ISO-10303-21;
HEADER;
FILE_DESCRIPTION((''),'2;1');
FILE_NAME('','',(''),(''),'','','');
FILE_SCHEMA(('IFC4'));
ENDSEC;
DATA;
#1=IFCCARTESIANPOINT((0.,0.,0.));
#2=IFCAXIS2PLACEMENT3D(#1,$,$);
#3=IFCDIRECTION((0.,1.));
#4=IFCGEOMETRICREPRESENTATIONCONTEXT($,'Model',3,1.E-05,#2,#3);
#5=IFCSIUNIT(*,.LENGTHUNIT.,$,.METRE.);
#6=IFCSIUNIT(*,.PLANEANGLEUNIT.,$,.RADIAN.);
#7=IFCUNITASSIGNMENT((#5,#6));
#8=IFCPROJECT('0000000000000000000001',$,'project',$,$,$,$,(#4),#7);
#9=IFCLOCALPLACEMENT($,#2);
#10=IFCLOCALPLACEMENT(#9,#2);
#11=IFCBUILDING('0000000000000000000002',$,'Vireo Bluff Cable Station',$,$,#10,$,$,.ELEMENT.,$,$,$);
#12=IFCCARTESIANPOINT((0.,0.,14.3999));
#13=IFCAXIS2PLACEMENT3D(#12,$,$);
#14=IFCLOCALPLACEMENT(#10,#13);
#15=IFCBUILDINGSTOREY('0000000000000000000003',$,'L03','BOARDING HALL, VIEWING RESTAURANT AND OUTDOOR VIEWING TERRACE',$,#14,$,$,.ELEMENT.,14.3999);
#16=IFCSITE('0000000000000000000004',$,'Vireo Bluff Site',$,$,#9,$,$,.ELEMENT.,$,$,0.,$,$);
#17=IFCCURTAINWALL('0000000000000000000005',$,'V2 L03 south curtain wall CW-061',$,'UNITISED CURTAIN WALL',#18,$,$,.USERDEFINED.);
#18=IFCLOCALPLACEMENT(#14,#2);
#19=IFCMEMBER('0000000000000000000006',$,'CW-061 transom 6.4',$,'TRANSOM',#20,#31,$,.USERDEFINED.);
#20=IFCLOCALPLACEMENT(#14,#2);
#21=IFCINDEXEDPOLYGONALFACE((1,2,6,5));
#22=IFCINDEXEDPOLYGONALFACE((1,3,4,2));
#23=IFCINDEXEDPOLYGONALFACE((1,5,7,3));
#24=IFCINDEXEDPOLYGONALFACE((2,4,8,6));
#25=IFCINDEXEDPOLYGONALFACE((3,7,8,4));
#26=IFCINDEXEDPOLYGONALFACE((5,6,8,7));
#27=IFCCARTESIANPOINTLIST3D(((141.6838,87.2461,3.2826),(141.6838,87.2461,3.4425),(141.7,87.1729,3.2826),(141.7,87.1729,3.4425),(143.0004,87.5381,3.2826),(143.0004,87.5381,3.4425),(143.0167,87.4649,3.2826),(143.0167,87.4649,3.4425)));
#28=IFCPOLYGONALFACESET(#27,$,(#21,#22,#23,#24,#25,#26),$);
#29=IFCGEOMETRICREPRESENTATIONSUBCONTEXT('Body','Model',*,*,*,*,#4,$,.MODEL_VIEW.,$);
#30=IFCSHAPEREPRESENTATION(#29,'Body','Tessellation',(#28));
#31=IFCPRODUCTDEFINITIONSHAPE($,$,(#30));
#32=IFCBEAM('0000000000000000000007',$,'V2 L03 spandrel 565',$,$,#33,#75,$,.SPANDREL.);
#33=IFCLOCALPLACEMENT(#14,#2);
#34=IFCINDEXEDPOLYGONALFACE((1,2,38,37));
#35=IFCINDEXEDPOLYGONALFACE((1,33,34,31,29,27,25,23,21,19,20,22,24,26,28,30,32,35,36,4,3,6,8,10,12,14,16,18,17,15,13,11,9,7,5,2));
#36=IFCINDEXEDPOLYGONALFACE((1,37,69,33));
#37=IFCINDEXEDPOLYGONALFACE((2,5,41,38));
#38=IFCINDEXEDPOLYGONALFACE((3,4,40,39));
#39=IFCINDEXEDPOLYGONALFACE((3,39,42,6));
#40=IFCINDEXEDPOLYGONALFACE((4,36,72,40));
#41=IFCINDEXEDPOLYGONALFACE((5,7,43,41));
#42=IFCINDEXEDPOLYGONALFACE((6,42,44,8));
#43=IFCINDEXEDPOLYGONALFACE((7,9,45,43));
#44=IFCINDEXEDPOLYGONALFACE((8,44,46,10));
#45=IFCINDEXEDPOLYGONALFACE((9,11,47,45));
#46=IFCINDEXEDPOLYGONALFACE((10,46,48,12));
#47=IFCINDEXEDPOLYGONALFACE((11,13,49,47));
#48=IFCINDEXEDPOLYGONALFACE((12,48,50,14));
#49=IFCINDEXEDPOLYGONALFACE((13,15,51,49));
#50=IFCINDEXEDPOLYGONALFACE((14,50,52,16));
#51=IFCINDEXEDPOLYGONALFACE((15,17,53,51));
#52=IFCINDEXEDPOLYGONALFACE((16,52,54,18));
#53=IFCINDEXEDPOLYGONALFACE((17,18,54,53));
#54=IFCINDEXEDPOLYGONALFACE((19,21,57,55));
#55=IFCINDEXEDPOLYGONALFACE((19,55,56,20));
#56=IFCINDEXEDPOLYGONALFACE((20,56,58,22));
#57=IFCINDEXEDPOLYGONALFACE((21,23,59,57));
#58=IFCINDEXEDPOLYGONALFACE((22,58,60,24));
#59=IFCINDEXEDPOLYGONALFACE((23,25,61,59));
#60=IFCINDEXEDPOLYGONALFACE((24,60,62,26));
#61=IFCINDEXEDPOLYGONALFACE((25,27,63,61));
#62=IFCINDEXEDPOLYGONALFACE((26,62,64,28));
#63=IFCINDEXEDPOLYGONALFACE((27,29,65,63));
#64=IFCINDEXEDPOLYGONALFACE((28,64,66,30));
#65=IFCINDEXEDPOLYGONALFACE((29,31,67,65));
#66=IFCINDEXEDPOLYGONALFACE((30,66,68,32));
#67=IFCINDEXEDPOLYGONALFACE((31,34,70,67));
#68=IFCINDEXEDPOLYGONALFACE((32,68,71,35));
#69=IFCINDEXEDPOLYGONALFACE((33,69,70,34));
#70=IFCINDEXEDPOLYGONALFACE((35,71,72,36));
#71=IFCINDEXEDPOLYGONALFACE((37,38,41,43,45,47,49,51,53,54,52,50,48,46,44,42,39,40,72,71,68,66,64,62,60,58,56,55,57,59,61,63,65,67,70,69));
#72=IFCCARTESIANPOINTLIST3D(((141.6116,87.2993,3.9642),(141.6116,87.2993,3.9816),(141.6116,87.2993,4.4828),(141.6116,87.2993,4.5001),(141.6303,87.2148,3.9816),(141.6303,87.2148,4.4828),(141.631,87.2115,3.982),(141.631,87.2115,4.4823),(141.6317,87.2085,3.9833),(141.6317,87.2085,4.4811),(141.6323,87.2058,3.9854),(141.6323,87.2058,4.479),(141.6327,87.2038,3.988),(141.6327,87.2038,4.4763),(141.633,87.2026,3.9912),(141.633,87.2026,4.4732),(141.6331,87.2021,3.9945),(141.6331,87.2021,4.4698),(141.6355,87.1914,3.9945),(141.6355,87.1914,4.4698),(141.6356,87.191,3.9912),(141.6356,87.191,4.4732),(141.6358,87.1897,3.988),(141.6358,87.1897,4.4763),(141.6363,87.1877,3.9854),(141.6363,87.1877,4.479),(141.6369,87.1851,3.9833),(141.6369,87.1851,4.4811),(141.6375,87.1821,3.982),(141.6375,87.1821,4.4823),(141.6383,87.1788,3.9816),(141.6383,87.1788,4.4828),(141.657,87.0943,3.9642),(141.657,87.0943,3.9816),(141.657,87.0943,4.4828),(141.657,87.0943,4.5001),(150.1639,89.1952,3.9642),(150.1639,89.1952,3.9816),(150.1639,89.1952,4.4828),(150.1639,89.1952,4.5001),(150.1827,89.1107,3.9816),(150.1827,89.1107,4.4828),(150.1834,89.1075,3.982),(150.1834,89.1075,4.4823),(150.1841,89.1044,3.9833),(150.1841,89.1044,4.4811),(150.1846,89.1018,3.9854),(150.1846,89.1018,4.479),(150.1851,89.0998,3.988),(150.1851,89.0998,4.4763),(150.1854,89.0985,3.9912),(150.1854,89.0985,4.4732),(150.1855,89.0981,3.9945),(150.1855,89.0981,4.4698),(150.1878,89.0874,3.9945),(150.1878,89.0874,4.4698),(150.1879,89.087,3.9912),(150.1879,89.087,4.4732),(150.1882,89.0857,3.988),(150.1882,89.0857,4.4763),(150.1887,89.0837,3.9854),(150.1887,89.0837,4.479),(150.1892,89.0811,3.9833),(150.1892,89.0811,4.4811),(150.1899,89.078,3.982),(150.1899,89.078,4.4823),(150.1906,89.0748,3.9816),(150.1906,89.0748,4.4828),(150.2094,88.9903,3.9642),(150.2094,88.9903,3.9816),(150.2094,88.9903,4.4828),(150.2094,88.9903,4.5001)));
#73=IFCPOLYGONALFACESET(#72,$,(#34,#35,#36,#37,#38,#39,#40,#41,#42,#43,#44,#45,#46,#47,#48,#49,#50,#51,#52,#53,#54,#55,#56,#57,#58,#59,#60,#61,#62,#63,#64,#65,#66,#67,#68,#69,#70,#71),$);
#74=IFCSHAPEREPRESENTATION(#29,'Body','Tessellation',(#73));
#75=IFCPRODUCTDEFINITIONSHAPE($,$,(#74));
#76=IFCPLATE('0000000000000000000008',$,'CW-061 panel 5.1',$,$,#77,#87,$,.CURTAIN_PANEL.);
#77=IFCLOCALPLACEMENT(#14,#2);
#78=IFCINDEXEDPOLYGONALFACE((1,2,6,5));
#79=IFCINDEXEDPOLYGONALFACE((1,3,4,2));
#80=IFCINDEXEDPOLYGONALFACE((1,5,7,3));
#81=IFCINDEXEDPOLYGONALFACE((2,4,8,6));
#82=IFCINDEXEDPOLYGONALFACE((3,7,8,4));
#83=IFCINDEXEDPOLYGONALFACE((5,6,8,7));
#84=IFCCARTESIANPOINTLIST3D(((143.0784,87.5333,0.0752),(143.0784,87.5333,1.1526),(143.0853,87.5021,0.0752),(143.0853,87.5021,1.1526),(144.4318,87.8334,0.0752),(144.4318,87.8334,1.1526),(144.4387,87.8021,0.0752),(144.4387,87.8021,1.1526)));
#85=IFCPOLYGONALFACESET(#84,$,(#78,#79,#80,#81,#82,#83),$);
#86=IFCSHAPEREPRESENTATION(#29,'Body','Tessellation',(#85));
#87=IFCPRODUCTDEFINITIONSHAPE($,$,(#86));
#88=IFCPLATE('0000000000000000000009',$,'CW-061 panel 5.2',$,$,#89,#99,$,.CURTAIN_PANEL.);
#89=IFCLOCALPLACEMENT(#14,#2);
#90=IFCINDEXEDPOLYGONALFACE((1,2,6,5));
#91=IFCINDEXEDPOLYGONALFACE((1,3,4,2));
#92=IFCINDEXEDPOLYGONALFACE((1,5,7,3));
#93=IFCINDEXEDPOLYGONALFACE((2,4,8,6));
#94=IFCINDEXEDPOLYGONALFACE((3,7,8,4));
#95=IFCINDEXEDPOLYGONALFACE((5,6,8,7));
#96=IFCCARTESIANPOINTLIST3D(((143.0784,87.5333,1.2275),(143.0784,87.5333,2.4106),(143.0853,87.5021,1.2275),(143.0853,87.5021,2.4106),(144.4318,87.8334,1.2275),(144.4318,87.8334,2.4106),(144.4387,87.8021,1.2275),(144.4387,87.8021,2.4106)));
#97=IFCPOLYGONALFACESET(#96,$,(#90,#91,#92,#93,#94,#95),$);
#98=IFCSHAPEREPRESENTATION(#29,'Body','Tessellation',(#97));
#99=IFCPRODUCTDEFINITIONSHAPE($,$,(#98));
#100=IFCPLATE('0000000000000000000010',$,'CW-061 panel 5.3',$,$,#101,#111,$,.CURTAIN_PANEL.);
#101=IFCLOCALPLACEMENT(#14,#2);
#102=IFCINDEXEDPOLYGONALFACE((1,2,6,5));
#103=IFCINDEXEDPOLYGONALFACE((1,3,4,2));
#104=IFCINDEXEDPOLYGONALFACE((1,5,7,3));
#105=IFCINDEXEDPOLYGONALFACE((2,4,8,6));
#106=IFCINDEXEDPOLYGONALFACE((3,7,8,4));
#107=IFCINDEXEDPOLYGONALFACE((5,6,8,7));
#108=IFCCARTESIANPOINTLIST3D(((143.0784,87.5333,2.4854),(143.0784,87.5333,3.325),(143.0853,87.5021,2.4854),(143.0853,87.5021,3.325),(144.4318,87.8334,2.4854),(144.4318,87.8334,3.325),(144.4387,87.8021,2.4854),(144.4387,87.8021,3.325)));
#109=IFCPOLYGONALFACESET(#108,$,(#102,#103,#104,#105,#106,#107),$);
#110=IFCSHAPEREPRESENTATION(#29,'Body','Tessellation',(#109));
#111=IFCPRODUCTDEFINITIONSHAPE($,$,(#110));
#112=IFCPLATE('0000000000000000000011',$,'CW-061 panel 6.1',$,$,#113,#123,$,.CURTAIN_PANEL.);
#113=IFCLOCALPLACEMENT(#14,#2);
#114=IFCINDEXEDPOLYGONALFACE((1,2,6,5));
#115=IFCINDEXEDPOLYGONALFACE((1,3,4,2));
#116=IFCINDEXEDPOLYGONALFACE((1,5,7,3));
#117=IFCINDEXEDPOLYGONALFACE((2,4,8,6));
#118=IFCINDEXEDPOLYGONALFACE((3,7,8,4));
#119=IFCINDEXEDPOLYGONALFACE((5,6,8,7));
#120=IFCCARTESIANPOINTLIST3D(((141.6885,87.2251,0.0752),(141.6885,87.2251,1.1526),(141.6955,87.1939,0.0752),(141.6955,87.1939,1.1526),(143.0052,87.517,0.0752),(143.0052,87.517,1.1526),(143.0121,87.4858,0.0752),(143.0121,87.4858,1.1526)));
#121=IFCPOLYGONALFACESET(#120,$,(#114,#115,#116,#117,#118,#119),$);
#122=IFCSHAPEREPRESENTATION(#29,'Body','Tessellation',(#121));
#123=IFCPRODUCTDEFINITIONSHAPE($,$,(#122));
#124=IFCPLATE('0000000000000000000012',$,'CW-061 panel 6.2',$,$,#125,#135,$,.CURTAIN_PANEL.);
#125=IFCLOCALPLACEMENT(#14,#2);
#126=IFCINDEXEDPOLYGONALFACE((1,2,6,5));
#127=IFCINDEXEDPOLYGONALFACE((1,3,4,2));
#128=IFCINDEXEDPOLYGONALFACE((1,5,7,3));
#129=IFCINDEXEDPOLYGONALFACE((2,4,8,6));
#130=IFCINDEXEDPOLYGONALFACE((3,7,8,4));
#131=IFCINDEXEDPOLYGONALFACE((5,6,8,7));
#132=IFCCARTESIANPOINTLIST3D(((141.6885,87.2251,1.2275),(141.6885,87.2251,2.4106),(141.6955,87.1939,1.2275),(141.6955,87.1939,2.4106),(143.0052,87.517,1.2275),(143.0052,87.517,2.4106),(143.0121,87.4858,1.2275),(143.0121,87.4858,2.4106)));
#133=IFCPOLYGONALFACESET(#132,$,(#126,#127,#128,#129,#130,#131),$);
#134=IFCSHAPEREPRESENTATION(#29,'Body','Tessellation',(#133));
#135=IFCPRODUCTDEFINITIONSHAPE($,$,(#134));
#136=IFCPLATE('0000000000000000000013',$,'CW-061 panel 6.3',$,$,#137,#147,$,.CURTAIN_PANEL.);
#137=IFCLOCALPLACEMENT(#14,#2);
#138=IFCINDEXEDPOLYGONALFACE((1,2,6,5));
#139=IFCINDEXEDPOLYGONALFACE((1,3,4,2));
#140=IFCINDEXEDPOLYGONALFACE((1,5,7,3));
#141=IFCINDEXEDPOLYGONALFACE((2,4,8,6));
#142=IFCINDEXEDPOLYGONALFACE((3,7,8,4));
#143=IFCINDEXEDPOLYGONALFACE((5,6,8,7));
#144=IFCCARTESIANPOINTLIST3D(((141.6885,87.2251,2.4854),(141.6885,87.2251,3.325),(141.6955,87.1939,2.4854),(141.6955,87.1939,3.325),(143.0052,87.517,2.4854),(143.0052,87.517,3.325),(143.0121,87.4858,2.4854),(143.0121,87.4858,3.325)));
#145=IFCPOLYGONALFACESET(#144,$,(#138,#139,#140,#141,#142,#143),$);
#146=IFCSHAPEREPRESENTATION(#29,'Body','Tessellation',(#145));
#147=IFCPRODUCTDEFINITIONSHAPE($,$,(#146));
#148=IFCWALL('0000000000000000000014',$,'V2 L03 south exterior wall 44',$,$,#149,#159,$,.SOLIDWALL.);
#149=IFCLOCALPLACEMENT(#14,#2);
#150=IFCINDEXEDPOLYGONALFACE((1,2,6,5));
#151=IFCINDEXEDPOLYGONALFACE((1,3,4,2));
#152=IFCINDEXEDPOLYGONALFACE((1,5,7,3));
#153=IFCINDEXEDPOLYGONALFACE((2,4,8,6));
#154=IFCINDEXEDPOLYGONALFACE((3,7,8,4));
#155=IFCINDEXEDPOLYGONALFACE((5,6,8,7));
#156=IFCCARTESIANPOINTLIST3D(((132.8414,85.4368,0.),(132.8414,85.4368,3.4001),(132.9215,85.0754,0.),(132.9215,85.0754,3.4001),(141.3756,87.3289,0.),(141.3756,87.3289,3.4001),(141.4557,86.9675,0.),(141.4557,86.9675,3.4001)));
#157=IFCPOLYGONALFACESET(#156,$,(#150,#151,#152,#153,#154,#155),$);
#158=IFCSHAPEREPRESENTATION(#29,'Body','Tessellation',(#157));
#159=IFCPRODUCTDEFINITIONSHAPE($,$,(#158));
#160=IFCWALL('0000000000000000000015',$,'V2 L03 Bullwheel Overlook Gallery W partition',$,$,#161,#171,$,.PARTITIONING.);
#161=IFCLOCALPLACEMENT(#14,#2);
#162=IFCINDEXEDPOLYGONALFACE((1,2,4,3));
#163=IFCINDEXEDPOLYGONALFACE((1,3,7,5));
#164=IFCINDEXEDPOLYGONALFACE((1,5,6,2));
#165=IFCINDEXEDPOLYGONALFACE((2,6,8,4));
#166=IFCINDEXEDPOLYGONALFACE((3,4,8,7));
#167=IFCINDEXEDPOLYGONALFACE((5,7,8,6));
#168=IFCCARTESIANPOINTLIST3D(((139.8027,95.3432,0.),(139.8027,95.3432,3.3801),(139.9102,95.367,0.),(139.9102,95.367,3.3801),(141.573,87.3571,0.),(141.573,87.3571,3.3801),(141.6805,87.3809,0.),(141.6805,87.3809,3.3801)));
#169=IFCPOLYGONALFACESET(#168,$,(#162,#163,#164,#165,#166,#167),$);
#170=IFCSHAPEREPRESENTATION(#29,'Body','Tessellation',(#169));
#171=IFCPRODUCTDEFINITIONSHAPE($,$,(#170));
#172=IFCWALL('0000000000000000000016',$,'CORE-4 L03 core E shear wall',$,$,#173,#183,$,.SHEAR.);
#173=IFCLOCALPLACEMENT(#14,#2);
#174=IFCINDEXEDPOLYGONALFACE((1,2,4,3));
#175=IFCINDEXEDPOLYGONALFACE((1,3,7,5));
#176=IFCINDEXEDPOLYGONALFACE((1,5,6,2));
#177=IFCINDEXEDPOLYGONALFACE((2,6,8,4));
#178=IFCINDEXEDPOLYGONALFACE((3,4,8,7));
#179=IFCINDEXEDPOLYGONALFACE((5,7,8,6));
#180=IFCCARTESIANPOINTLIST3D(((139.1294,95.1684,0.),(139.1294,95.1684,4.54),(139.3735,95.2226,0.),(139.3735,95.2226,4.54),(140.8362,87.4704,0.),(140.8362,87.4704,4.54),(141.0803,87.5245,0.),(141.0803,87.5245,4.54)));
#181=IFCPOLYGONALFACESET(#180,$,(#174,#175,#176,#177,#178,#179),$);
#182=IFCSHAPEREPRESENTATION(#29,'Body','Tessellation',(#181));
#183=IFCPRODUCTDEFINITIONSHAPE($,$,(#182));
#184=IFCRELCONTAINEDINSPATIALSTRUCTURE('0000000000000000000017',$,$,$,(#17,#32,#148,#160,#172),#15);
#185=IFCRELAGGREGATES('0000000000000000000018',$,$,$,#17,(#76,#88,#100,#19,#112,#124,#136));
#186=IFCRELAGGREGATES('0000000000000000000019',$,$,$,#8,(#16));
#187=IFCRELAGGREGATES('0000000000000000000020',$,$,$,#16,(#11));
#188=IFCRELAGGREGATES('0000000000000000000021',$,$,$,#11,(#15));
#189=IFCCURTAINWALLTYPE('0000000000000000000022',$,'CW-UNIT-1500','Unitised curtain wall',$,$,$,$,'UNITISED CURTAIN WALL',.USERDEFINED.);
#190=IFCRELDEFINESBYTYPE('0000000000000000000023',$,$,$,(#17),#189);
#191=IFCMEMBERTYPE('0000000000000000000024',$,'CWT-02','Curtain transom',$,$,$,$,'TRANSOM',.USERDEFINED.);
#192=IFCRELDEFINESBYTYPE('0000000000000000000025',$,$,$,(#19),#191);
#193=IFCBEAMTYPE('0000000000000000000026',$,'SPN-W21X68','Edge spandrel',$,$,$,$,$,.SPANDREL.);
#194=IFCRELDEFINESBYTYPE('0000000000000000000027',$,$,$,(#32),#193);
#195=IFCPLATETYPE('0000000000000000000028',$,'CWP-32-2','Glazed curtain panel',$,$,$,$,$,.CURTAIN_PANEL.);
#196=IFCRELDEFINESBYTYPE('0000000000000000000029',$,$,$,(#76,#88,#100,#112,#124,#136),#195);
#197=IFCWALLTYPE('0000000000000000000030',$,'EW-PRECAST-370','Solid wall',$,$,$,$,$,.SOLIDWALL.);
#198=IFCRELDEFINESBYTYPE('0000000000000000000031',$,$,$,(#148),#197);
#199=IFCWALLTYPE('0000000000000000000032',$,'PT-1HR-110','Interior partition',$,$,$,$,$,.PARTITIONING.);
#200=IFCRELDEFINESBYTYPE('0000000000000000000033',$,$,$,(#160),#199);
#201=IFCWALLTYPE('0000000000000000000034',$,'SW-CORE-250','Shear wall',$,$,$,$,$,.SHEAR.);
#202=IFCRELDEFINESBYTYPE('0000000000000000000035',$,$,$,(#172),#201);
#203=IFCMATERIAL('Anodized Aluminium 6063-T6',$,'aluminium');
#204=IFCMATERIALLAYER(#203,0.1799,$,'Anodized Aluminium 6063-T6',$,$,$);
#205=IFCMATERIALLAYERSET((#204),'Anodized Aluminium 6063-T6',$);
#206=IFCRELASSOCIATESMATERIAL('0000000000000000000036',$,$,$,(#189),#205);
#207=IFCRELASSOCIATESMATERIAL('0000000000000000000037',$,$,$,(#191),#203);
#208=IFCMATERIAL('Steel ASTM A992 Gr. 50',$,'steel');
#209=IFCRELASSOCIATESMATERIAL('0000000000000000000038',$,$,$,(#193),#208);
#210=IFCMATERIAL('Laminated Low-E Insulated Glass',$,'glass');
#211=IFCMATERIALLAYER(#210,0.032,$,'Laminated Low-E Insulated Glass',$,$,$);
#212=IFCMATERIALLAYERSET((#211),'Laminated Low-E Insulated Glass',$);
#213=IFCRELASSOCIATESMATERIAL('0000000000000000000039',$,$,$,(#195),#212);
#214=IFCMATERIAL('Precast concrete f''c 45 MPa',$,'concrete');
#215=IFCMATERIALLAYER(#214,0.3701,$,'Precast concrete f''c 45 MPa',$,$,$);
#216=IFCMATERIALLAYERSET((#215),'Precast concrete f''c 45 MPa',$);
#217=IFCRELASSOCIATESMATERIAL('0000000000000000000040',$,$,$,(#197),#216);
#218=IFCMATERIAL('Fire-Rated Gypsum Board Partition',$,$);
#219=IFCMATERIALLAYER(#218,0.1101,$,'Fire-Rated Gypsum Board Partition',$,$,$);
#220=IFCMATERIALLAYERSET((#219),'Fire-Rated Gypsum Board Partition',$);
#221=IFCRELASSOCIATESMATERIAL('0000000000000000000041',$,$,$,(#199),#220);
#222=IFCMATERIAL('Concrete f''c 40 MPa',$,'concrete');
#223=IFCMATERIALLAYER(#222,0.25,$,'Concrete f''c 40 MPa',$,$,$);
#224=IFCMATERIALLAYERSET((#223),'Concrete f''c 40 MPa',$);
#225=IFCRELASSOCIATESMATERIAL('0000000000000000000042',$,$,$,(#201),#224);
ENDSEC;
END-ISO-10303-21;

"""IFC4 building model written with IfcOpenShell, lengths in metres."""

from ifc_helpers import new_model, si_unit, direction, frame, frame_2d, origin, origin_2d, place, context, subcontext, project, spatial, rectangle, i_section, extrude, material, layer, layer_set, material_profile, profile_set, type_object, element, aggregate, save


model = new_model("IFC4")

# Units and contexts
model_context = context("Model", 3, precision=1e-05, world=origin(), true_north=direction((0.0, 1.0)))
body_context = subcontext(model_context, "Body", "Model", "MODEL_VIEW")
ifc_project = project(units=[si_unit("LENGTHUNIT", "METRE"), si_unit("PLANEANGLEUNIT", "RADIAN")], contexts=[model_context])

# Site, building, storey
site_placement = place(None, origin())
site = spatial("IfcSite", under=ifc_project, at=site_placement, Name="Vireo Bluff Site", CompositionType="ELEMENT", RefElevation=0.0)
building_placement = place(site_placement, origin())
building = spatial("IfcBuilding", under=site, at=building_placement, Name="Vireo Bluff Cable Station", CompositionType="ELEMENT")
storey_placement = place(building_placement, frame((0.0, 0.0, 14.3999)))
storey = spatial("IfcBuildingStorey", under=building, at=storey_placement, Name="L03", Description="BOARDING HALL, VIEWING RESTAURANT AND OUTDOOR VIEWING TERRACE", CompositionType="ELEMENT", Elevation=14.3999)

# Shared definitions
ifc_material_1 = material(Name="Steel ASTM A992 Gr. 50", Category="steel")

# Curtain wall, member
ifc_material_2 = material(Name="Anodized Aluminium 6063-T6", Category="aluminium")
ifc_layer_1 = layer(ifc_material_2, 0.1799, Name="Anodized Aluminium 6063-T6")
ifc_layer_set_1 = layer_set([ifc_layer_1], Name="Anodized Aluminium 6063-T6")
curtain_wall_type = type_object("IfcCurtainWallType", Name="CW-UNIT-1500", Description="Unitised curtain wall", ElementType="UNITISED CURTAIN WALL", PredefinedType="USERDEFINED", material=ifc_layer_set_1)
curtain_wall_placement = place(storey_placement, origin())
curtain_wall = element("IfcCurtainWall", 1, at=curtain_wall_placement, inside=storey, type_object=curtain_wall_type, Name="V2 L03 south curtain wall CW-061", ObjectType="UNITISED CURTAIN WALL", PredefinedType="USERDEFINED")
ifc_material_profile_1 = material_profile(ifc_material_2, rectangle(XDim=0.075, YDim=0.1599, at=origin_2d()), Name="ALU-T-75X160")
ifc_profile_set_1 = profile_set([ifc_material_profile_1], Name="Anodized Aluminium 6063-T6")
member_type_1 = type_object("IfcMemberType", Name="CWT-02", Description="Curtain transom", ElementType="TRANSOM", PredefinedType="USERDEFINED", material=ifc_profile_set_1)
member_1_placement = place(storey_placement, frame((143.0085, 87.5015, 3.3625), z_axis=(-0.976281, -0.216509, 0.0), x_axis=(0.216509, -0.976281, 0.0)))
member_1 = element("IfcMember", 2, at=member_1_placement, type_object=member_type_1, Name="CW-061 transom 6.4", ObjectType="TRANSOM", PredefinedType="USERDEFINED", context=body_context, shape_type="SweptSolid", body=[
    extrude(rectangle(XDim=0.075, YDim=0.1599, at=origin_2d()), origin(), (0.0, 0.0, 1.0), 1.3486),
])

# Beam
ifc_material_profile_2 = material_profile(ifc_material_1, i_section(OverallWidth=0.21, OverallDepth=0.5359, WebThickness=0.011, FlangeThickness=0.0173, FilletRadius=0.0129, at=origin_2d()), Name="W21X68")
ifc_profile_set_2 = profile_set([ifc_material_profile_2], Name="Steel ASTM A992 Gr. 50")
beam_type_1 = type_object("IfcBeamType", Name="SPN-W21X68", Description="Edge spandrel", PredefinedType="SPANDREL", material=ifc_profile_set_2)
beam_1_placement = place(storey_placement, frame((141.6343, 87.1968, 4.2322), z_axis=(0.976297, 0.216435, 0.0), x_axis=(-0.216435, 0.976297, 0.0)))
element("IfcBeam", 3, at=beam_1_placement, inside=storey, type_object=beam_type_1, Name="V2 L03 spandrel 565", PredefinedType="SPANDREL", context=body_context, shape_type="SweptSolid", body=[
    extrude(i_section(OverallWidth=0.21, OverallDepth=0.5359, WebThickness=0.011, FlangeThickness=0.0173, FilletRadius=0.0129, at=origin_2d()), origin(), (0.0, 0.0, 1.0), 8.76),
])

# Plates
ifc_material_3 = material(Name="Laminated Low-E Insulated Glass", Category="glass")
ifc_layer_2 = layer(ifc_material_3, 0.032, Name="Laminated Low-E Insulated Glass")
ifc_layer_set_2 = layer_set([ifc_layer_2], Name="Laminated Low-E Insulated Glass")
plate_type = type_object("IfcPlateType", Name="CWP-32-2", Description="Glazed curtain panel", PredefinedType="CURTAIN_PANEL", material=ifc_layer_set_2)
plate_1_placement = place(storey_placement, frame((143.7585, 87.6677, 0.0752), z_axis=(0.0, 0.0, 1.0), x_axis=(-0.976296, -0.21644, 0.0)))
plate_1 = element("IfcPlate", 4, at=plate_1_placement, type_object=plate_type, Name="CW-061 panel 5.1", PredefinedType="CURTAIN_PANEL", context=body_context, shape_type="SweptSolid", body=[
    extrude(rectangle(XDim=1.3862, YDim=0.032, at=origin_2d()), origin(), (0.0, 0.0, 1.0), 1.0774),
])
plate_2_placement = place(storey_placement, frame((143.7585, 87.6677, 1.2275), z_axis=(0.0, 0.0, 1.0), x_axis=(-0.976296, -0.21644, 0.0)))
plate_2 = element("IfcPlate", 5, at=plate_2_placement, type_object=plate_type, Name="CW-061 panel 5.2", PredefinedType="CURTAIN_PANEL", context=body_context, shape_type="SweptSolid", body=[
    extrude(rectangle(XDim=1.3862, YDim=0.032, at=origin_2d()), origin(), (0.0, 0.0, 1.0), 1.1831),
])
plate_3_placement = place(storey_placement, frame((143.7585, 87.6677, 2.4854), z_axis=(0.0, 0.0, 1.0), x_axis=(-0.976296, -0.21644, 0.0)))
plate_3 = element("IfcPlate", 6, at=plate_3_placement, type_object=plate_type, Name="CW-061 panel 5.3", PredefinedType="CURTAIN_PANEL", context=body_context, shape_type="SweptSolid", body=[
    extrude(rectangle(XDim=1.3862, YDim=0.032, at=origin_2d()), origin(), (0.0, 0.0, 1.0), 0.8396),
])
plate_4_placement = place(storey_placement, frame((142.3503, 87.3555, 0.0752), z_axis=(0.0, 0.0, 1.0), x_axis=(-0.976296, -0.21644, 0.0)))
plate_4 = element("IfcPlate", 7, at=plate_4_placement, type_object=plate_type, Name="CW-061 panel 6.1", PredefinedType="CURTAIN_PANEL", context=body_context, shape_type="SweptSolid", body=[
    extrude(rectangle(XDim=1.3486, YDim=0.032, at=origin_2d()), origin(), (0.0, 0.0, 1.0), 1.0774),
])
plate_5_placement = place(storey_placement, frame((142.3503, 87.3555, 1.2275), z_axis=(0.0, 0.0, 1.0), x_axis=(-0.976296, -0.21644, 0.0)))
plate_5 = element("IfcPlate", 8, at=plate_5_placement, type_object=plate_type, Name="CW-061 panel 6.2", PredefinedType="CURTAIN_PANEL", context=body_context, shape_type="SweptSolid", body=[
    extrude(rectangle(XDim=1.3486, YDim=0.032, at=origin_2d()), origin(), (0.0, 0.0, 1.0), 1.1831),
])
plate_6_placement = place(storey_placement, frame((142.3503, 87.3555, 2.4854), z_axis=(0.0, 0.0, 1.0), x_axis=(-0.976296, -0.21644, 0.0)))
plate_6 = element("IfcPlate", 9, at=plate_6_placement, type_object=plate_type, Name="CW-061 panel 6.3", PredefinedType="CURTAIN_PANEL", context=body_context, shape_type="SweptSolid", body=[
    extrude(rectangle(XDim=1.3486, YDim=0.032, at=origin_2d()), origin(), (0.0, 0.0, 1.0), 0.8396),
])
aggregate(curtain_wall, [plate_1, plate_2, plate_3, member_1, plate_4, plate_5, plate_6])

# Walls
ifc_material_4 = material(Name="Precast concrete f'c 45 MPa", Category="concrete")
ifc_layer_3 = layer(ifc_material_4, 0.3701, Name="Precast concrete f'c 45 MPa")
ifc_layer_set_3 = layer_set([ifc_layer_3], Name="Precast concrete f'c 45 MPa")
wall_type_1 = type_object("IfcWallType", Name="EW-PRECAST-370", Description="Solid wall", PredefinedType="SOLIDWALL", material=ifc_layer_set_3)
wall_1_placement = place(storey_placement, frame((141.4155, 87.1482, 0.0), z_axis=(0.0, 0.0, 1.0), x_axis=(-0.976293, -0.216451, 0.0)))
element("IfcWall", 10, at=wall_1_placement, inside=storey, type_object=wall_type_1, Name="V2 L03 south exterior wall 44", PredefinedType="SOLIDWALL", context=body_context, shape_type="SweptSolid", body=[
    extrude(rectangle(XDim=8.7415, YDim=0.3701, at=frame_2d((4.3706, 0.0))), origin(), (0.0, 0.0, 1.0), 3.4001),
])
ifc_material_5 = material(Name="Fire-Rated Gypsum Board Partition")
ifc_layer_4 = layer(ifc_material_5, 0.1101, Name="Fire-Rated Gypsum Board Partition")
ifc_layer_set_4 = layer_set([ifc_layer_4], Name="Fire-Rated Gypsum Board Partition")
wall_type_2 = type_object("IfcWallType", Name="PT-1HR-110", Description="Interior partition", PredefinedType="PARTITIONING", material=ifc_layer_set_4)
wall_2_placement = place(storey_placement, frame((141.6267, 87.3691, 0.0), z_axis=(0.0, 0.0, 1.0), x_axis=(-0.216415, 0.976301, 0.0)))
element("IfcWall", 11, at=wall_2_placement, inside=storey, type_object=wall_type_2, Name="V2 L03 Bullwheel Overlook Gallery W partition", PredefinedType="PARTITIONING", context=body_context, shape_type="SweptSolid", body=[
    extrude(rectangle(XDim=8.1799, YDim=0.1101, at=frame_2d((4.0898, 0.0))), origin(), (0.0, 0.0, 1.0), 3.3801),
])
ifc_material_6 = material(Name="Concrete f'c 40 MPa", Category="concrete")
ifc_layer_5 = layer(ifc_material_6, 0.25, Name="Concrete f'c 40 MPa")
ifc_layer_set_5 = layer_set([ifc_layer_5], Name="Concrete f'c 40 MPa")
wall_type_3 = type_object("IfcWallType", Name="SW-CORE-250", Description="Shear wall", PredefinedType="SHEAR", material=ifc_layer_set_5)
wall_3_placement = place(storey_placement, frame((140.9583, 87.4976, 0.0), z_axis=(0.0, 0.0, 1.0), x_axis=(-0.216462, 0.976291, 0.0)))
element("IfcWall", 12, at=wall_3_placement, inside=storey, type_object=wall_type_3, Name="CORE-4 L03 core E shear wall", PredefinedType="SHEAR", context=body_context, shape_type="SweptSolid", body=[
    extrude(rectangle(XDim=7.885, YDim=0.25, at=frame_2d((3.9424, 0.0))), origin(), (0.0, 0.0, 1.0), 4.54),
])

save(model, "model.ifc")
